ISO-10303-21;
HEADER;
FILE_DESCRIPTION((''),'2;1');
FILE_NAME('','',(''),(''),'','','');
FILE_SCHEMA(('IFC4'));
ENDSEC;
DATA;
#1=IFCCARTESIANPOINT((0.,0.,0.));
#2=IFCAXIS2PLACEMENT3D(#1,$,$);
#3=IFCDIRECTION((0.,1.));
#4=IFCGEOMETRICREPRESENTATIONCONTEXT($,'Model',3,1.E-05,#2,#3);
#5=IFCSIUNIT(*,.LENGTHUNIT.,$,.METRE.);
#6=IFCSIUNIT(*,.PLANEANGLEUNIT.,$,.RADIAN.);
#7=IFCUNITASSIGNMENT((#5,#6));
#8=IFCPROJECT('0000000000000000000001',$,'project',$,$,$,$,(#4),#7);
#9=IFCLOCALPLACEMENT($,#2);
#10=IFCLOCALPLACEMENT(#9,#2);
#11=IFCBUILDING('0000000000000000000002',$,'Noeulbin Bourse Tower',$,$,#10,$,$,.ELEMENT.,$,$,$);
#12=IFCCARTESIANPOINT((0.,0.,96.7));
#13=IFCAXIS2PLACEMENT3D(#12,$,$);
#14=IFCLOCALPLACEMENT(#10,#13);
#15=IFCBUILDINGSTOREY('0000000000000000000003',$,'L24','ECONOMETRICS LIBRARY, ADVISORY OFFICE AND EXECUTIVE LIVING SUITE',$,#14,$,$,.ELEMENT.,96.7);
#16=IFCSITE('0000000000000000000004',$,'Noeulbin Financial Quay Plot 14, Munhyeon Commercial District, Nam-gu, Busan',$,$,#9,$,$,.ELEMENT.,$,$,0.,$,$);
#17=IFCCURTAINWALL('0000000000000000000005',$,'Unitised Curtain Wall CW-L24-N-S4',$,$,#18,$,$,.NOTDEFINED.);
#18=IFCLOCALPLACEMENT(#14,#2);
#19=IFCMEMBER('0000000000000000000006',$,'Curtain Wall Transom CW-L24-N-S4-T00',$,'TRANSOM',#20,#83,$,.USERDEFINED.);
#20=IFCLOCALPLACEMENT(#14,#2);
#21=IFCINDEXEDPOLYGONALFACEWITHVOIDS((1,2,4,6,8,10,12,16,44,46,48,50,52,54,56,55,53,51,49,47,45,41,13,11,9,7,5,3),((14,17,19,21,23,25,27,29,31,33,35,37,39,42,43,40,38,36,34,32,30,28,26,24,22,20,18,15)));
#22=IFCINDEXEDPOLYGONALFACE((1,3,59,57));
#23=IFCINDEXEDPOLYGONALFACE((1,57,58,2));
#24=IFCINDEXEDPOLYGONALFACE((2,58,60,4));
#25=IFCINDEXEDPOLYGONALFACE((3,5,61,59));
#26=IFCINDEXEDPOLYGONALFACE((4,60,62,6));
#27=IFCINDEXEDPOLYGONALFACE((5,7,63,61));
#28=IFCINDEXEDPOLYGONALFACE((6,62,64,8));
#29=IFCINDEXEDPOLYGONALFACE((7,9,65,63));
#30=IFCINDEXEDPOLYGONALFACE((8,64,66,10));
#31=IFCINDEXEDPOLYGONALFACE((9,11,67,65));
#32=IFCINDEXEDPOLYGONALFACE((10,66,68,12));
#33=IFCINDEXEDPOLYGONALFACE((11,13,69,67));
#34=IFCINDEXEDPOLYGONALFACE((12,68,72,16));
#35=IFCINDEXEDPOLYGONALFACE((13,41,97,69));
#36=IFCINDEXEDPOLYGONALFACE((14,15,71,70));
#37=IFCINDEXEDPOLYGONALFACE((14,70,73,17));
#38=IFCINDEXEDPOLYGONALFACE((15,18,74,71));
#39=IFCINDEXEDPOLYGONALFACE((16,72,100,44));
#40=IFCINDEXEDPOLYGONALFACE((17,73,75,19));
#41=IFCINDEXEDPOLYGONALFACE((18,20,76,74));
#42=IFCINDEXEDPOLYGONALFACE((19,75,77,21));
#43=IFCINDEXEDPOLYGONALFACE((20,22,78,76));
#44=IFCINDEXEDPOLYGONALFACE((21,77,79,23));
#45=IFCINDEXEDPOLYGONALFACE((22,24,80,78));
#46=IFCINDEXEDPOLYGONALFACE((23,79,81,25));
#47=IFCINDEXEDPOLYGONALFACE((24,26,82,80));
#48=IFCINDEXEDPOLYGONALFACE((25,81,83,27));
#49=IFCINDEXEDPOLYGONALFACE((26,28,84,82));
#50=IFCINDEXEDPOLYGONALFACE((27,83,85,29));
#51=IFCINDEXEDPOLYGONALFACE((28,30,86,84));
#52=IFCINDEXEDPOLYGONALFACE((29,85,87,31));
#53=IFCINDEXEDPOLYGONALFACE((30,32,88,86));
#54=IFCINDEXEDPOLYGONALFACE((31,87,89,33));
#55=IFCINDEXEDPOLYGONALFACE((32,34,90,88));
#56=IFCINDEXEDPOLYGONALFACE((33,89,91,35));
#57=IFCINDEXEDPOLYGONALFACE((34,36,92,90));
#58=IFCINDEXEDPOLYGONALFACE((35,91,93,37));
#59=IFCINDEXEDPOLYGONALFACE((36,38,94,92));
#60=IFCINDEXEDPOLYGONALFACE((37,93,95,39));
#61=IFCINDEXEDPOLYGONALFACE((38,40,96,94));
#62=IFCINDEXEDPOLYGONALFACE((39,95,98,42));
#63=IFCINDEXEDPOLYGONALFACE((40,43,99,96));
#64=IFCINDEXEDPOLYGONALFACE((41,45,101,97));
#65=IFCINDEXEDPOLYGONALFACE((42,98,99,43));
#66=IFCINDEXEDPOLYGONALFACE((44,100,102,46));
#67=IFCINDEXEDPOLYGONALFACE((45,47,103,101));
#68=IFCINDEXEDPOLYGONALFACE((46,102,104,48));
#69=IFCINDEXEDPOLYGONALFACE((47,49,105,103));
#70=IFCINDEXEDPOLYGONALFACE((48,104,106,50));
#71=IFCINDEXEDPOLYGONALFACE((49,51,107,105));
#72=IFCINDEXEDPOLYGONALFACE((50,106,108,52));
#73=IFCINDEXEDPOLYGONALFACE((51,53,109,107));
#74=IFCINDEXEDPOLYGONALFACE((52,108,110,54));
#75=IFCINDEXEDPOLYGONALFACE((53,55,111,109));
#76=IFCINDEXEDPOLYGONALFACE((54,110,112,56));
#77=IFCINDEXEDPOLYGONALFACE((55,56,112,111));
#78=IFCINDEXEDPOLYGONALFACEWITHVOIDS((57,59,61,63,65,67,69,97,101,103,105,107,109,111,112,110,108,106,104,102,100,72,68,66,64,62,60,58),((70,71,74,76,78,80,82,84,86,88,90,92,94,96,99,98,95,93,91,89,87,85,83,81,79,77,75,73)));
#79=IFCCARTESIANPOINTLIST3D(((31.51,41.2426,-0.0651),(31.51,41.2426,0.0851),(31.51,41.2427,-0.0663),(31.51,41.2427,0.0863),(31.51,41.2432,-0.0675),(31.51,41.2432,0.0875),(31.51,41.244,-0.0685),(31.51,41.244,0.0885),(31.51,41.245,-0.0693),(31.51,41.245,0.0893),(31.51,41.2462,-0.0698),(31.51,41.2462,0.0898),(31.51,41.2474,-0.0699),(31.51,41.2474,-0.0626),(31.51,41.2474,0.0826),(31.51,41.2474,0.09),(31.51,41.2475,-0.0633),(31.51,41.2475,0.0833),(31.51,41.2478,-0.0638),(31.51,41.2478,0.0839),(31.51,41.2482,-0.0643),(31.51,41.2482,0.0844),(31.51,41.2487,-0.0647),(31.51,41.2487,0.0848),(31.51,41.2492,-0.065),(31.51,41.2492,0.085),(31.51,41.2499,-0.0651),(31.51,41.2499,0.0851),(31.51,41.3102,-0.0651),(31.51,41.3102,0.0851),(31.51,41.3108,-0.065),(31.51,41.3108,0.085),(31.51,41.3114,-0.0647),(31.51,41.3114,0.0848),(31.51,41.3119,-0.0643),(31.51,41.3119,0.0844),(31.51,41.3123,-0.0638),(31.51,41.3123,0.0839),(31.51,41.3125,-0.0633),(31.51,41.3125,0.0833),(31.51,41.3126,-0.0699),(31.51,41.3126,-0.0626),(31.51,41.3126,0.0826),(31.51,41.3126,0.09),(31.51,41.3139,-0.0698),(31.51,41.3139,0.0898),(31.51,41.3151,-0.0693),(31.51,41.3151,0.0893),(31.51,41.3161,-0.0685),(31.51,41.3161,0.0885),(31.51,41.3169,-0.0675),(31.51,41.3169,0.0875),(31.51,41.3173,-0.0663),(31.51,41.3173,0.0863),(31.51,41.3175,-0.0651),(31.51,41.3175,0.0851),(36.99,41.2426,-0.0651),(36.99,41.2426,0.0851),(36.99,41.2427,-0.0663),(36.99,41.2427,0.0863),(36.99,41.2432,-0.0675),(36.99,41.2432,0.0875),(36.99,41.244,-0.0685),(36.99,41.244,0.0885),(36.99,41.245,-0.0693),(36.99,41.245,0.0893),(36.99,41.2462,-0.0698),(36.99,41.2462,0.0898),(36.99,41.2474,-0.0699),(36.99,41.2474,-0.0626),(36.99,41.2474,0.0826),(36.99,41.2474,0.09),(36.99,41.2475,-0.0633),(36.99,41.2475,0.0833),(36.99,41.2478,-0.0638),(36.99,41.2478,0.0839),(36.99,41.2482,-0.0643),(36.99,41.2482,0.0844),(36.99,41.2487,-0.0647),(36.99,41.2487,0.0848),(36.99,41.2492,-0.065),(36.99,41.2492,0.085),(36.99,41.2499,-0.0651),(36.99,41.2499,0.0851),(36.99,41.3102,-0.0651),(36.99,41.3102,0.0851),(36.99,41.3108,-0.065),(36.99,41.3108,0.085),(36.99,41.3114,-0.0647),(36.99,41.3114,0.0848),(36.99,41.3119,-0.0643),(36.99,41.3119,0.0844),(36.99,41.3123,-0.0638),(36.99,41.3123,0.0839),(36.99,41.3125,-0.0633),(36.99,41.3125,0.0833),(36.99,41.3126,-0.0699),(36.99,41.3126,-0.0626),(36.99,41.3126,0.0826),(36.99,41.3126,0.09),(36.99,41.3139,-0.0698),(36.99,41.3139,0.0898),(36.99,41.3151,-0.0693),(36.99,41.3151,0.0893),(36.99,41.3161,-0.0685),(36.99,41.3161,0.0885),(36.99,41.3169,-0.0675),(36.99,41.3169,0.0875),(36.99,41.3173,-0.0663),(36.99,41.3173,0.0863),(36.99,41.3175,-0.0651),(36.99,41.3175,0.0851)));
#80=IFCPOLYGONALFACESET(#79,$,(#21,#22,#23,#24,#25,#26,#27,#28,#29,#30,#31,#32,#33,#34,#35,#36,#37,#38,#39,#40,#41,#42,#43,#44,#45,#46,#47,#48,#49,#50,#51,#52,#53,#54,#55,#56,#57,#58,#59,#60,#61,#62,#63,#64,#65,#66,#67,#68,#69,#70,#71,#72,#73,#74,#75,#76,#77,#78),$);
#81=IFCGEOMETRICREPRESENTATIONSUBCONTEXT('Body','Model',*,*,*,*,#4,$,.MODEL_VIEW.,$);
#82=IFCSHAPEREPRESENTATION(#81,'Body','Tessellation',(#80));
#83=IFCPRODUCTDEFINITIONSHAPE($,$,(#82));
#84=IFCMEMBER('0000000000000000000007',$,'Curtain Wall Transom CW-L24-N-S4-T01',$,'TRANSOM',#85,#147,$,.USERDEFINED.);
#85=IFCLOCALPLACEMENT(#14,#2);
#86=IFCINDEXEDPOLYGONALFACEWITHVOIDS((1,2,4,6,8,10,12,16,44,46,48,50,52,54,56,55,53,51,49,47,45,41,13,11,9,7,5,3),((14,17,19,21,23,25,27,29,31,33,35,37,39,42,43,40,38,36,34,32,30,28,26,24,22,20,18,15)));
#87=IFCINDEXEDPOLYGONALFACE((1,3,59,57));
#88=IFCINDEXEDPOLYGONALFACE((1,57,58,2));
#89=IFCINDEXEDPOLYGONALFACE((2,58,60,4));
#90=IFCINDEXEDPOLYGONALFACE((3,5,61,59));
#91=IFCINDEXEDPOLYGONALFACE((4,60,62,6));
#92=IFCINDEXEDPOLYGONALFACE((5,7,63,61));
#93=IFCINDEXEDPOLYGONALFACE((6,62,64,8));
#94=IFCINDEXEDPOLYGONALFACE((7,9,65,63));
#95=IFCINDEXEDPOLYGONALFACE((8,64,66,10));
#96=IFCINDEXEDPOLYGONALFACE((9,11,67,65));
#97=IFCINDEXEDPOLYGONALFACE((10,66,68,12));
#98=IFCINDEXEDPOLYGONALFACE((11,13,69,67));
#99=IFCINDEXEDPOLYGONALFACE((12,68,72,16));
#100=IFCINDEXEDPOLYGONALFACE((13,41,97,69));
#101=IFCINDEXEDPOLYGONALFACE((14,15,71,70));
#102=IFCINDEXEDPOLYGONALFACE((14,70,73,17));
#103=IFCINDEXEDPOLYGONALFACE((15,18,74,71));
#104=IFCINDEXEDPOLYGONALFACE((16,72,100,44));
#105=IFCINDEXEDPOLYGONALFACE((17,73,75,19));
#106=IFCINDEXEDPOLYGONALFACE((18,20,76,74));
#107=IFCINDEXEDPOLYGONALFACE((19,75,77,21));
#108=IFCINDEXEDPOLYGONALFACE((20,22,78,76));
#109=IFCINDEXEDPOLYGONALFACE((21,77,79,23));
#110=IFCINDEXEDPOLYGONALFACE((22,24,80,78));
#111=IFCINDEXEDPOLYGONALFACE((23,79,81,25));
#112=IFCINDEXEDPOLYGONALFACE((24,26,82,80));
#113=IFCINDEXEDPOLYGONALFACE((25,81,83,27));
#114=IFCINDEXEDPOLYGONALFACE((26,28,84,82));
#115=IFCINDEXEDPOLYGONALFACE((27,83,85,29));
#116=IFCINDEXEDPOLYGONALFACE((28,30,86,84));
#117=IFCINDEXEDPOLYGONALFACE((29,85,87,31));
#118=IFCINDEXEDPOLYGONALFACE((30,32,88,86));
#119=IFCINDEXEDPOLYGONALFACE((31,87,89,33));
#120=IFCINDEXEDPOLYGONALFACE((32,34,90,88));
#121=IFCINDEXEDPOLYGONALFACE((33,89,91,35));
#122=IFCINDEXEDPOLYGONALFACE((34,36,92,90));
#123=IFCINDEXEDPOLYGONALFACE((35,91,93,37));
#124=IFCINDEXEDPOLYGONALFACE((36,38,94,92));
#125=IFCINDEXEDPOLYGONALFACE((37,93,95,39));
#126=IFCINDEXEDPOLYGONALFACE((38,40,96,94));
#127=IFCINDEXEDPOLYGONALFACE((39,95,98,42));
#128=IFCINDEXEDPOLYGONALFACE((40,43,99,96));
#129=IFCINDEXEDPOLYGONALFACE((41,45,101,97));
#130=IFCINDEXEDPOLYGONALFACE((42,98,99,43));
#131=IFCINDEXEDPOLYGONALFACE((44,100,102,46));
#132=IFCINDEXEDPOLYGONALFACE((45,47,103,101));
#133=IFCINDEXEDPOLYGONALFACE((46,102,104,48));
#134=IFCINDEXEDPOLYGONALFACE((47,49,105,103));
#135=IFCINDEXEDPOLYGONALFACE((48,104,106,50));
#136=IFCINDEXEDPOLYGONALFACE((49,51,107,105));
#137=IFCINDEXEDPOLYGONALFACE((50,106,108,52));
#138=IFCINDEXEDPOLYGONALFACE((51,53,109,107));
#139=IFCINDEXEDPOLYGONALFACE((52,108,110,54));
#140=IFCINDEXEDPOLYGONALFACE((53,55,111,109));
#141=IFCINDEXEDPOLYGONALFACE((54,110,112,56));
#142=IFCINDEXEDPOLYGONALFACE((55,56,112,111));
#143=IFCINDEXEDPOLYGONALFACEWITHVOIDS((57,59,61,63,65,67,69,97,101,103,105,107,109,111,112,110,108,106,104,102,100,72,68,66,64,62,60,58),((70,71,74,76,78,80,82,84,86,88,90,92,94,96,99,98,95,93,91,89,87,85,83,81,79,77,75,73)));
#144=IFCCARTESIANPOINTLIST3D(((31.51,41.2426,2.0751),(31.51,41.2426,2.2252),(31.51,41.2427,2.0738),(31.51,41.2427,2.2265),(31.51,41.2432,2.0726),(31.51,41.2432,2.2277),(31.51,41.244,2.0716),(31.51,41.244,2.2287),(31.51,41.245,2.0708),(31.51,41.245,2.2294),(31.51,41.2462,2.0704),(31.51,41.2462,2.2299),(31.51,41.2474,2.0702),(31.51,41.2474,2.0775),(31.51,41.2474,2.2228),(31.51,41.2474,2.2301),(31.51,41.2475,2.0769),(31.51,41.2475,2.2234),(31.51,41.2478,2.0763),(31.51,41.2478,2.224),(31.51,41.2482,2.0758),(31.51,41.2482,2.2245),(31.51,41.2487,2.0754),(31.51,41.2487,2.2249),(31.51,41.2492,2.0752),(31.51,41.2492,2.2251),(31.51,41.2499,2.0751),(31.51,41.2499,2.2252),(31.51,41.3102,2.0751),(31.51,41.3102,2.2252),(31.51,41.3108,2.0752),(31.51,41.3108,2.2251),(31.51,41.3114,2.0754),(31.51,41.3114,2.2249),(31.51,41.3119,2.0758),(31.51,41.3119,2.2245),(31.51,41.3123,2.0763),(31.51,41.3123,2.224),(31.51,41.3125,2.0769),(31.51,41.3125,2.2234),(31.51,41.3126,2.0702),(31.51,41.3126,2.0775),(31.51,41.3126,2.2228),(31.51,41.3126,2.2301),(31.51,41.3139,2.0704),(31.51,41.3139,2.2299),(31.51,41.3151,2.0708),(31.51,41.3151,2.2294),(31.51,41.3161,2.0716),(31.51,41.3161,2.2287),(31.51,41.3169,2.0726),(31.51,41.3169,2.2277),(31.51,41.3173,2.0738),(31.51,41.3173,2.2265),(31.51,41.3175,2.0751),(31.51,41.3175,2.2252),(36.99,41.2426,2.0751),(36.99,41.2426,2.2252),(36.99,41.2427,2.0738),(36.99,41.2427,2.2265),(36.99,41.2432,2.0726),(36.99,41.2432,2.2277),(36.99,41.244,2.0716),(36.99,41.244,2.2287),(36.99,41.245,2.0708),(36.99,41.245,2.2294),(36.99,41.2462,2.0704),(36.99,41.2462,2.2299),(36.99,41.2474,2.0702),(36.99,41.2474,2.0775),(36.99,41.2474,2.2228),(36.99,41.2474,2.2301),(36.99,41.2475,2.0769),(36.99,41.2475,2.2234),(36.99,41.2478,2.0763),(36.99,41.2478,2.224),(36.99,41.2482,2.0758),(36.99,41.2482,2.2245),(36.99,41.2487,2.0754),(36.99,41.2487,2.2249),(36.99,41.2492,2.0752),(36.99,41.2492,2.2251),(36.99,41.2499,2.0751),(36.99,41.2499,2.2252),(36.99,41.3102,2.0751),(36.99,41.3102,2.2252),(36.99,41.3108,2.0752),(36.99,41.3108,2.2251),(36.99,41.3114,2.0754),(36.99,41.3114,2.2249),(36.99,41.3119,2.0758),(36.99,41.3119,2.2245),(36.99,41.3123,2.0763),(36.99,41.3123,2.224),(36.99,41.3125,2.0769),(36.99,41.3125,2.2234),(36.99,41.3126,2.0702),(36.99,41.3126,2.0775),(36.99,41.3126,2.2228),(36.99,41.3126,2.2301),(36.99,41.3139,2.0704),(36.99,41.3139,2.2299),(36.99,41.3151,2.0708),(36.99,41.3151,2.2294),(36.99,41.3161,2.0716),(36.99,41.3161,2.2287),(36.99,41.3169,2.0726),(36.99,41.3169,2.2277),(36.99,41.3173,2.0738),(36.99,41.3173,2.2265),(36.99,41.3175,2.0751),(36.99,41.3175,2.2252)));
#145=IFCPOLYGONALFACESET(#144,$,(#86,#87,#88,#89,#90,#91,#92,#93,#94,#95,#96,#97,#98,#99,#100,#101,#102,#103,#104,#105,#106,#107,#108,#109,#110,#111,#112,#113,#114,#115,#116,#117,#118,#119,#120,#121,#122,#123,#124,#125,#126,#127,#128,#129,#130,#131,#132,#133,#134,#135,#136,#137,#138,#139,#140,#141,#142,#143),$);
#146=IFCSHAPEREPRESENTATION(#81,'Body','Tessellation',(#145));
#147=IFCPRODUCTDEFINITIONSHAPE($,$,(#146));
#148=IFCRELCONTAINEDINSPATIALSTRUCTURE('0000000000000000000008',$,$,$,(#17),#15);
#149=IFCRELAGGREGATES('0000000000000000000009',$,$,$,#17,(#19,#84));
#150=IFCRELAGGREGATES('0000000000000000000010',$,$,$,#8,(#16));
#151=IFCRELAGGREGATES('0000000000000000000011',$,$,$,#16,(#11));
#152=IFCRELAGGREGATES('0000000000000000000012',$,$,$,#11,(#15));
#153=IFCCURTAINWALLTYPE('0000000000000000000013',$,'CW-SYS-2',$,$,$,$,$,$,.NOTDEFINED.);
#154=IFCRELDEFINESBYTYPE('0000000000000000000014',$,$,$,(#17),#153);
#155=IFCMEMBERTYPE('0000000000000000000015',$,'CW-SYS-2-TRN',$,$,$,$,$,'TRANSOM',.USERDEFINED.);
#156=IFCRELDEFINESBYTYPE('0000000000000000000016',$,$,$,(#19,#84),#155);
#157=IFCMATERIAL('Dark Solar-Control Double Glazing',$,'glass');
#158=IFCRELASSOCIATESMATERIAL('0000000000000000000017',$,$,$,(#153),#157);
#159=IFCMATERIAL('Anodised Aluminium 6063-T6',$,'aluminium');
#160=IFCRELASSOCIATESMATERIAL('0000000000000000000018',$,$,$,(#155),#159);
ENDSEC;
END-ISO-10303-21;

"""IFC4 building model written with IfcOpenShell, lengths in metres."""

from ifc_helpers import new_model, si_unit, direction, frame, origin, origin_2d, place, context, subcontext, project, spatial, hollow_rectangle, extrude, material, material_profile, profile_set, type_object, element, aggregate, save


model = new_model("IFC4")

# Units and contexts
model_context = context("Model", 3, precision=1e-05, world=origin(), true_north=direction((0.0, 1.0)))
body_context = subcontext(model_context, "Body", "Model", "MODEL_VIEW")
ifc_project = project(units=[si_unit("LENGTHUNIT", "METRE"), si_unit("PLANEANGLEUNIT", "RADIAN")], contexts=[model_context])

# Site, building, storey
site_placement = place(None, origin())
site = spatial("IfcSite", under=ifc_project, at=site_placement, Name="Noeulbin Financial Quay Plot 14, Munhyeon Commercial District, Nam-gu, Busan", CompositionType="ELEMENT", RefElevation=0.0)
building_placement = place(site_placement, origin())
building = spatial("IfcBuilding", under=site, at=building_placement, Name="Noeulbin Bourse Tower", CompositionType="ELEMENT")
storey_placement = place(building_placement, frame((0.0, 0.0, 96.7)))
storey = spatial("IfcBuildingStorey", under=building, at=storey_placement, Name="L24", Description="ECONOMETRICS LIBRARY, ADVISORY OFFICE AND EXECUTIVE LIVING SUITE", CompositionType="ELEMENT", Elevation=96.7)

# Shared definitions
ifc_material_1 = material(Name="Dark Solar-Control Double Glazing", Category="glass")
curtain_wall_type = type_object("IfcCurtainWallType", Name="CW-SYS-2", PredefinedType="NOTDEFINED", material=ifc_material_1)
ifc_material_2 = material(Name="Anodised Aluminium 6063-T6", Category="aluminium")

# Curtain wall
curtain_wall_1_placement = place(storey_placement, origin())
curtain_wall_1 = element("IfcCurtainWall", 1, at=curtain_wall_1_placement, inside=storey, type_object=curtain_wall_type, Name="Unitised Curtain Wall CW-L24-N-S4", PredefinedType="NOTDEFINED")

# Members
ifc_material_profile_1 = material_profile(ifc_material_2, hollow_rectangle(XDim=0.075, YDim=0.1599, WallThickness=0.0049, InnerFilletRadius=0.0024, OuterFilletRadius=0.0049, at=origin_2d()), Name="ALU-TRAN-75x160x5", Category="LoadBearing")
ifc_profile_set_1 = profile_set([ifc_material_profile_1], Name="Anodised Aluminium 6063-T6")
member_type_1 = type_object("IfcMemberType", Name="CW-SYS-2-TRN", ElementType="TRANSOM", PredefinedType="USERDEFINED", material=ifc_profile_set_1)
member_1_placement = place(storey_placement, frame((31.51, 41.28, 0.01), z_axis=(1.0, 0.0, 0.0), x_axis=(0.0, 1.0, 0.0)))
member_1 = element("IfcMember", 2, at=member_1_placement, type_object=member_type_1, Name="Curtain Wall Transom CW-L24-N-S4-T00", ObjectType="TRANSOM", PredefinedType="USERDEFINED", context=body_context, shape_type="SweptSolid", body=[
    extrude(hollow_rectangle(XDim=0.075, YDim=0.1599, WallThickness=0.0049, InnerFilletRadius=0.0024, OuterFilletRadius=0.0049, at=origin_2d()), origin(), (0.0, 0.0, 1.0), 5.48),
])
member_2_placement = place(storey_placement, frame((31.51, 41.28, 2.1501), z_axis=(1.0, 0.0, 0.0), x_axis=(0.0, 1.0, 0.0)))
member_2 = element("IfcMember", 3, at=member_2_placement, type_object=member_type_1, Name="Curtain Wall Transom CW-L24-N-S4-T01", ObjectType="TRANSOM", PredefinedType="USERDEFINED", context=body_context, shape_type="SweptSolid", body=[
    extrude(hollow_rectangle(XDim=0.075, YDim=0.1599, WallThickness=0.0049, InnerFilletRadius=0.0024, OuterFilletRadius=0.0049, at=origin_2d()), origin(), (0.0, 0.0, 1.0), 5.48),
])

aggregate(curtain_wall_1, [member_1, member_2])

save(model, "model.ifc")
